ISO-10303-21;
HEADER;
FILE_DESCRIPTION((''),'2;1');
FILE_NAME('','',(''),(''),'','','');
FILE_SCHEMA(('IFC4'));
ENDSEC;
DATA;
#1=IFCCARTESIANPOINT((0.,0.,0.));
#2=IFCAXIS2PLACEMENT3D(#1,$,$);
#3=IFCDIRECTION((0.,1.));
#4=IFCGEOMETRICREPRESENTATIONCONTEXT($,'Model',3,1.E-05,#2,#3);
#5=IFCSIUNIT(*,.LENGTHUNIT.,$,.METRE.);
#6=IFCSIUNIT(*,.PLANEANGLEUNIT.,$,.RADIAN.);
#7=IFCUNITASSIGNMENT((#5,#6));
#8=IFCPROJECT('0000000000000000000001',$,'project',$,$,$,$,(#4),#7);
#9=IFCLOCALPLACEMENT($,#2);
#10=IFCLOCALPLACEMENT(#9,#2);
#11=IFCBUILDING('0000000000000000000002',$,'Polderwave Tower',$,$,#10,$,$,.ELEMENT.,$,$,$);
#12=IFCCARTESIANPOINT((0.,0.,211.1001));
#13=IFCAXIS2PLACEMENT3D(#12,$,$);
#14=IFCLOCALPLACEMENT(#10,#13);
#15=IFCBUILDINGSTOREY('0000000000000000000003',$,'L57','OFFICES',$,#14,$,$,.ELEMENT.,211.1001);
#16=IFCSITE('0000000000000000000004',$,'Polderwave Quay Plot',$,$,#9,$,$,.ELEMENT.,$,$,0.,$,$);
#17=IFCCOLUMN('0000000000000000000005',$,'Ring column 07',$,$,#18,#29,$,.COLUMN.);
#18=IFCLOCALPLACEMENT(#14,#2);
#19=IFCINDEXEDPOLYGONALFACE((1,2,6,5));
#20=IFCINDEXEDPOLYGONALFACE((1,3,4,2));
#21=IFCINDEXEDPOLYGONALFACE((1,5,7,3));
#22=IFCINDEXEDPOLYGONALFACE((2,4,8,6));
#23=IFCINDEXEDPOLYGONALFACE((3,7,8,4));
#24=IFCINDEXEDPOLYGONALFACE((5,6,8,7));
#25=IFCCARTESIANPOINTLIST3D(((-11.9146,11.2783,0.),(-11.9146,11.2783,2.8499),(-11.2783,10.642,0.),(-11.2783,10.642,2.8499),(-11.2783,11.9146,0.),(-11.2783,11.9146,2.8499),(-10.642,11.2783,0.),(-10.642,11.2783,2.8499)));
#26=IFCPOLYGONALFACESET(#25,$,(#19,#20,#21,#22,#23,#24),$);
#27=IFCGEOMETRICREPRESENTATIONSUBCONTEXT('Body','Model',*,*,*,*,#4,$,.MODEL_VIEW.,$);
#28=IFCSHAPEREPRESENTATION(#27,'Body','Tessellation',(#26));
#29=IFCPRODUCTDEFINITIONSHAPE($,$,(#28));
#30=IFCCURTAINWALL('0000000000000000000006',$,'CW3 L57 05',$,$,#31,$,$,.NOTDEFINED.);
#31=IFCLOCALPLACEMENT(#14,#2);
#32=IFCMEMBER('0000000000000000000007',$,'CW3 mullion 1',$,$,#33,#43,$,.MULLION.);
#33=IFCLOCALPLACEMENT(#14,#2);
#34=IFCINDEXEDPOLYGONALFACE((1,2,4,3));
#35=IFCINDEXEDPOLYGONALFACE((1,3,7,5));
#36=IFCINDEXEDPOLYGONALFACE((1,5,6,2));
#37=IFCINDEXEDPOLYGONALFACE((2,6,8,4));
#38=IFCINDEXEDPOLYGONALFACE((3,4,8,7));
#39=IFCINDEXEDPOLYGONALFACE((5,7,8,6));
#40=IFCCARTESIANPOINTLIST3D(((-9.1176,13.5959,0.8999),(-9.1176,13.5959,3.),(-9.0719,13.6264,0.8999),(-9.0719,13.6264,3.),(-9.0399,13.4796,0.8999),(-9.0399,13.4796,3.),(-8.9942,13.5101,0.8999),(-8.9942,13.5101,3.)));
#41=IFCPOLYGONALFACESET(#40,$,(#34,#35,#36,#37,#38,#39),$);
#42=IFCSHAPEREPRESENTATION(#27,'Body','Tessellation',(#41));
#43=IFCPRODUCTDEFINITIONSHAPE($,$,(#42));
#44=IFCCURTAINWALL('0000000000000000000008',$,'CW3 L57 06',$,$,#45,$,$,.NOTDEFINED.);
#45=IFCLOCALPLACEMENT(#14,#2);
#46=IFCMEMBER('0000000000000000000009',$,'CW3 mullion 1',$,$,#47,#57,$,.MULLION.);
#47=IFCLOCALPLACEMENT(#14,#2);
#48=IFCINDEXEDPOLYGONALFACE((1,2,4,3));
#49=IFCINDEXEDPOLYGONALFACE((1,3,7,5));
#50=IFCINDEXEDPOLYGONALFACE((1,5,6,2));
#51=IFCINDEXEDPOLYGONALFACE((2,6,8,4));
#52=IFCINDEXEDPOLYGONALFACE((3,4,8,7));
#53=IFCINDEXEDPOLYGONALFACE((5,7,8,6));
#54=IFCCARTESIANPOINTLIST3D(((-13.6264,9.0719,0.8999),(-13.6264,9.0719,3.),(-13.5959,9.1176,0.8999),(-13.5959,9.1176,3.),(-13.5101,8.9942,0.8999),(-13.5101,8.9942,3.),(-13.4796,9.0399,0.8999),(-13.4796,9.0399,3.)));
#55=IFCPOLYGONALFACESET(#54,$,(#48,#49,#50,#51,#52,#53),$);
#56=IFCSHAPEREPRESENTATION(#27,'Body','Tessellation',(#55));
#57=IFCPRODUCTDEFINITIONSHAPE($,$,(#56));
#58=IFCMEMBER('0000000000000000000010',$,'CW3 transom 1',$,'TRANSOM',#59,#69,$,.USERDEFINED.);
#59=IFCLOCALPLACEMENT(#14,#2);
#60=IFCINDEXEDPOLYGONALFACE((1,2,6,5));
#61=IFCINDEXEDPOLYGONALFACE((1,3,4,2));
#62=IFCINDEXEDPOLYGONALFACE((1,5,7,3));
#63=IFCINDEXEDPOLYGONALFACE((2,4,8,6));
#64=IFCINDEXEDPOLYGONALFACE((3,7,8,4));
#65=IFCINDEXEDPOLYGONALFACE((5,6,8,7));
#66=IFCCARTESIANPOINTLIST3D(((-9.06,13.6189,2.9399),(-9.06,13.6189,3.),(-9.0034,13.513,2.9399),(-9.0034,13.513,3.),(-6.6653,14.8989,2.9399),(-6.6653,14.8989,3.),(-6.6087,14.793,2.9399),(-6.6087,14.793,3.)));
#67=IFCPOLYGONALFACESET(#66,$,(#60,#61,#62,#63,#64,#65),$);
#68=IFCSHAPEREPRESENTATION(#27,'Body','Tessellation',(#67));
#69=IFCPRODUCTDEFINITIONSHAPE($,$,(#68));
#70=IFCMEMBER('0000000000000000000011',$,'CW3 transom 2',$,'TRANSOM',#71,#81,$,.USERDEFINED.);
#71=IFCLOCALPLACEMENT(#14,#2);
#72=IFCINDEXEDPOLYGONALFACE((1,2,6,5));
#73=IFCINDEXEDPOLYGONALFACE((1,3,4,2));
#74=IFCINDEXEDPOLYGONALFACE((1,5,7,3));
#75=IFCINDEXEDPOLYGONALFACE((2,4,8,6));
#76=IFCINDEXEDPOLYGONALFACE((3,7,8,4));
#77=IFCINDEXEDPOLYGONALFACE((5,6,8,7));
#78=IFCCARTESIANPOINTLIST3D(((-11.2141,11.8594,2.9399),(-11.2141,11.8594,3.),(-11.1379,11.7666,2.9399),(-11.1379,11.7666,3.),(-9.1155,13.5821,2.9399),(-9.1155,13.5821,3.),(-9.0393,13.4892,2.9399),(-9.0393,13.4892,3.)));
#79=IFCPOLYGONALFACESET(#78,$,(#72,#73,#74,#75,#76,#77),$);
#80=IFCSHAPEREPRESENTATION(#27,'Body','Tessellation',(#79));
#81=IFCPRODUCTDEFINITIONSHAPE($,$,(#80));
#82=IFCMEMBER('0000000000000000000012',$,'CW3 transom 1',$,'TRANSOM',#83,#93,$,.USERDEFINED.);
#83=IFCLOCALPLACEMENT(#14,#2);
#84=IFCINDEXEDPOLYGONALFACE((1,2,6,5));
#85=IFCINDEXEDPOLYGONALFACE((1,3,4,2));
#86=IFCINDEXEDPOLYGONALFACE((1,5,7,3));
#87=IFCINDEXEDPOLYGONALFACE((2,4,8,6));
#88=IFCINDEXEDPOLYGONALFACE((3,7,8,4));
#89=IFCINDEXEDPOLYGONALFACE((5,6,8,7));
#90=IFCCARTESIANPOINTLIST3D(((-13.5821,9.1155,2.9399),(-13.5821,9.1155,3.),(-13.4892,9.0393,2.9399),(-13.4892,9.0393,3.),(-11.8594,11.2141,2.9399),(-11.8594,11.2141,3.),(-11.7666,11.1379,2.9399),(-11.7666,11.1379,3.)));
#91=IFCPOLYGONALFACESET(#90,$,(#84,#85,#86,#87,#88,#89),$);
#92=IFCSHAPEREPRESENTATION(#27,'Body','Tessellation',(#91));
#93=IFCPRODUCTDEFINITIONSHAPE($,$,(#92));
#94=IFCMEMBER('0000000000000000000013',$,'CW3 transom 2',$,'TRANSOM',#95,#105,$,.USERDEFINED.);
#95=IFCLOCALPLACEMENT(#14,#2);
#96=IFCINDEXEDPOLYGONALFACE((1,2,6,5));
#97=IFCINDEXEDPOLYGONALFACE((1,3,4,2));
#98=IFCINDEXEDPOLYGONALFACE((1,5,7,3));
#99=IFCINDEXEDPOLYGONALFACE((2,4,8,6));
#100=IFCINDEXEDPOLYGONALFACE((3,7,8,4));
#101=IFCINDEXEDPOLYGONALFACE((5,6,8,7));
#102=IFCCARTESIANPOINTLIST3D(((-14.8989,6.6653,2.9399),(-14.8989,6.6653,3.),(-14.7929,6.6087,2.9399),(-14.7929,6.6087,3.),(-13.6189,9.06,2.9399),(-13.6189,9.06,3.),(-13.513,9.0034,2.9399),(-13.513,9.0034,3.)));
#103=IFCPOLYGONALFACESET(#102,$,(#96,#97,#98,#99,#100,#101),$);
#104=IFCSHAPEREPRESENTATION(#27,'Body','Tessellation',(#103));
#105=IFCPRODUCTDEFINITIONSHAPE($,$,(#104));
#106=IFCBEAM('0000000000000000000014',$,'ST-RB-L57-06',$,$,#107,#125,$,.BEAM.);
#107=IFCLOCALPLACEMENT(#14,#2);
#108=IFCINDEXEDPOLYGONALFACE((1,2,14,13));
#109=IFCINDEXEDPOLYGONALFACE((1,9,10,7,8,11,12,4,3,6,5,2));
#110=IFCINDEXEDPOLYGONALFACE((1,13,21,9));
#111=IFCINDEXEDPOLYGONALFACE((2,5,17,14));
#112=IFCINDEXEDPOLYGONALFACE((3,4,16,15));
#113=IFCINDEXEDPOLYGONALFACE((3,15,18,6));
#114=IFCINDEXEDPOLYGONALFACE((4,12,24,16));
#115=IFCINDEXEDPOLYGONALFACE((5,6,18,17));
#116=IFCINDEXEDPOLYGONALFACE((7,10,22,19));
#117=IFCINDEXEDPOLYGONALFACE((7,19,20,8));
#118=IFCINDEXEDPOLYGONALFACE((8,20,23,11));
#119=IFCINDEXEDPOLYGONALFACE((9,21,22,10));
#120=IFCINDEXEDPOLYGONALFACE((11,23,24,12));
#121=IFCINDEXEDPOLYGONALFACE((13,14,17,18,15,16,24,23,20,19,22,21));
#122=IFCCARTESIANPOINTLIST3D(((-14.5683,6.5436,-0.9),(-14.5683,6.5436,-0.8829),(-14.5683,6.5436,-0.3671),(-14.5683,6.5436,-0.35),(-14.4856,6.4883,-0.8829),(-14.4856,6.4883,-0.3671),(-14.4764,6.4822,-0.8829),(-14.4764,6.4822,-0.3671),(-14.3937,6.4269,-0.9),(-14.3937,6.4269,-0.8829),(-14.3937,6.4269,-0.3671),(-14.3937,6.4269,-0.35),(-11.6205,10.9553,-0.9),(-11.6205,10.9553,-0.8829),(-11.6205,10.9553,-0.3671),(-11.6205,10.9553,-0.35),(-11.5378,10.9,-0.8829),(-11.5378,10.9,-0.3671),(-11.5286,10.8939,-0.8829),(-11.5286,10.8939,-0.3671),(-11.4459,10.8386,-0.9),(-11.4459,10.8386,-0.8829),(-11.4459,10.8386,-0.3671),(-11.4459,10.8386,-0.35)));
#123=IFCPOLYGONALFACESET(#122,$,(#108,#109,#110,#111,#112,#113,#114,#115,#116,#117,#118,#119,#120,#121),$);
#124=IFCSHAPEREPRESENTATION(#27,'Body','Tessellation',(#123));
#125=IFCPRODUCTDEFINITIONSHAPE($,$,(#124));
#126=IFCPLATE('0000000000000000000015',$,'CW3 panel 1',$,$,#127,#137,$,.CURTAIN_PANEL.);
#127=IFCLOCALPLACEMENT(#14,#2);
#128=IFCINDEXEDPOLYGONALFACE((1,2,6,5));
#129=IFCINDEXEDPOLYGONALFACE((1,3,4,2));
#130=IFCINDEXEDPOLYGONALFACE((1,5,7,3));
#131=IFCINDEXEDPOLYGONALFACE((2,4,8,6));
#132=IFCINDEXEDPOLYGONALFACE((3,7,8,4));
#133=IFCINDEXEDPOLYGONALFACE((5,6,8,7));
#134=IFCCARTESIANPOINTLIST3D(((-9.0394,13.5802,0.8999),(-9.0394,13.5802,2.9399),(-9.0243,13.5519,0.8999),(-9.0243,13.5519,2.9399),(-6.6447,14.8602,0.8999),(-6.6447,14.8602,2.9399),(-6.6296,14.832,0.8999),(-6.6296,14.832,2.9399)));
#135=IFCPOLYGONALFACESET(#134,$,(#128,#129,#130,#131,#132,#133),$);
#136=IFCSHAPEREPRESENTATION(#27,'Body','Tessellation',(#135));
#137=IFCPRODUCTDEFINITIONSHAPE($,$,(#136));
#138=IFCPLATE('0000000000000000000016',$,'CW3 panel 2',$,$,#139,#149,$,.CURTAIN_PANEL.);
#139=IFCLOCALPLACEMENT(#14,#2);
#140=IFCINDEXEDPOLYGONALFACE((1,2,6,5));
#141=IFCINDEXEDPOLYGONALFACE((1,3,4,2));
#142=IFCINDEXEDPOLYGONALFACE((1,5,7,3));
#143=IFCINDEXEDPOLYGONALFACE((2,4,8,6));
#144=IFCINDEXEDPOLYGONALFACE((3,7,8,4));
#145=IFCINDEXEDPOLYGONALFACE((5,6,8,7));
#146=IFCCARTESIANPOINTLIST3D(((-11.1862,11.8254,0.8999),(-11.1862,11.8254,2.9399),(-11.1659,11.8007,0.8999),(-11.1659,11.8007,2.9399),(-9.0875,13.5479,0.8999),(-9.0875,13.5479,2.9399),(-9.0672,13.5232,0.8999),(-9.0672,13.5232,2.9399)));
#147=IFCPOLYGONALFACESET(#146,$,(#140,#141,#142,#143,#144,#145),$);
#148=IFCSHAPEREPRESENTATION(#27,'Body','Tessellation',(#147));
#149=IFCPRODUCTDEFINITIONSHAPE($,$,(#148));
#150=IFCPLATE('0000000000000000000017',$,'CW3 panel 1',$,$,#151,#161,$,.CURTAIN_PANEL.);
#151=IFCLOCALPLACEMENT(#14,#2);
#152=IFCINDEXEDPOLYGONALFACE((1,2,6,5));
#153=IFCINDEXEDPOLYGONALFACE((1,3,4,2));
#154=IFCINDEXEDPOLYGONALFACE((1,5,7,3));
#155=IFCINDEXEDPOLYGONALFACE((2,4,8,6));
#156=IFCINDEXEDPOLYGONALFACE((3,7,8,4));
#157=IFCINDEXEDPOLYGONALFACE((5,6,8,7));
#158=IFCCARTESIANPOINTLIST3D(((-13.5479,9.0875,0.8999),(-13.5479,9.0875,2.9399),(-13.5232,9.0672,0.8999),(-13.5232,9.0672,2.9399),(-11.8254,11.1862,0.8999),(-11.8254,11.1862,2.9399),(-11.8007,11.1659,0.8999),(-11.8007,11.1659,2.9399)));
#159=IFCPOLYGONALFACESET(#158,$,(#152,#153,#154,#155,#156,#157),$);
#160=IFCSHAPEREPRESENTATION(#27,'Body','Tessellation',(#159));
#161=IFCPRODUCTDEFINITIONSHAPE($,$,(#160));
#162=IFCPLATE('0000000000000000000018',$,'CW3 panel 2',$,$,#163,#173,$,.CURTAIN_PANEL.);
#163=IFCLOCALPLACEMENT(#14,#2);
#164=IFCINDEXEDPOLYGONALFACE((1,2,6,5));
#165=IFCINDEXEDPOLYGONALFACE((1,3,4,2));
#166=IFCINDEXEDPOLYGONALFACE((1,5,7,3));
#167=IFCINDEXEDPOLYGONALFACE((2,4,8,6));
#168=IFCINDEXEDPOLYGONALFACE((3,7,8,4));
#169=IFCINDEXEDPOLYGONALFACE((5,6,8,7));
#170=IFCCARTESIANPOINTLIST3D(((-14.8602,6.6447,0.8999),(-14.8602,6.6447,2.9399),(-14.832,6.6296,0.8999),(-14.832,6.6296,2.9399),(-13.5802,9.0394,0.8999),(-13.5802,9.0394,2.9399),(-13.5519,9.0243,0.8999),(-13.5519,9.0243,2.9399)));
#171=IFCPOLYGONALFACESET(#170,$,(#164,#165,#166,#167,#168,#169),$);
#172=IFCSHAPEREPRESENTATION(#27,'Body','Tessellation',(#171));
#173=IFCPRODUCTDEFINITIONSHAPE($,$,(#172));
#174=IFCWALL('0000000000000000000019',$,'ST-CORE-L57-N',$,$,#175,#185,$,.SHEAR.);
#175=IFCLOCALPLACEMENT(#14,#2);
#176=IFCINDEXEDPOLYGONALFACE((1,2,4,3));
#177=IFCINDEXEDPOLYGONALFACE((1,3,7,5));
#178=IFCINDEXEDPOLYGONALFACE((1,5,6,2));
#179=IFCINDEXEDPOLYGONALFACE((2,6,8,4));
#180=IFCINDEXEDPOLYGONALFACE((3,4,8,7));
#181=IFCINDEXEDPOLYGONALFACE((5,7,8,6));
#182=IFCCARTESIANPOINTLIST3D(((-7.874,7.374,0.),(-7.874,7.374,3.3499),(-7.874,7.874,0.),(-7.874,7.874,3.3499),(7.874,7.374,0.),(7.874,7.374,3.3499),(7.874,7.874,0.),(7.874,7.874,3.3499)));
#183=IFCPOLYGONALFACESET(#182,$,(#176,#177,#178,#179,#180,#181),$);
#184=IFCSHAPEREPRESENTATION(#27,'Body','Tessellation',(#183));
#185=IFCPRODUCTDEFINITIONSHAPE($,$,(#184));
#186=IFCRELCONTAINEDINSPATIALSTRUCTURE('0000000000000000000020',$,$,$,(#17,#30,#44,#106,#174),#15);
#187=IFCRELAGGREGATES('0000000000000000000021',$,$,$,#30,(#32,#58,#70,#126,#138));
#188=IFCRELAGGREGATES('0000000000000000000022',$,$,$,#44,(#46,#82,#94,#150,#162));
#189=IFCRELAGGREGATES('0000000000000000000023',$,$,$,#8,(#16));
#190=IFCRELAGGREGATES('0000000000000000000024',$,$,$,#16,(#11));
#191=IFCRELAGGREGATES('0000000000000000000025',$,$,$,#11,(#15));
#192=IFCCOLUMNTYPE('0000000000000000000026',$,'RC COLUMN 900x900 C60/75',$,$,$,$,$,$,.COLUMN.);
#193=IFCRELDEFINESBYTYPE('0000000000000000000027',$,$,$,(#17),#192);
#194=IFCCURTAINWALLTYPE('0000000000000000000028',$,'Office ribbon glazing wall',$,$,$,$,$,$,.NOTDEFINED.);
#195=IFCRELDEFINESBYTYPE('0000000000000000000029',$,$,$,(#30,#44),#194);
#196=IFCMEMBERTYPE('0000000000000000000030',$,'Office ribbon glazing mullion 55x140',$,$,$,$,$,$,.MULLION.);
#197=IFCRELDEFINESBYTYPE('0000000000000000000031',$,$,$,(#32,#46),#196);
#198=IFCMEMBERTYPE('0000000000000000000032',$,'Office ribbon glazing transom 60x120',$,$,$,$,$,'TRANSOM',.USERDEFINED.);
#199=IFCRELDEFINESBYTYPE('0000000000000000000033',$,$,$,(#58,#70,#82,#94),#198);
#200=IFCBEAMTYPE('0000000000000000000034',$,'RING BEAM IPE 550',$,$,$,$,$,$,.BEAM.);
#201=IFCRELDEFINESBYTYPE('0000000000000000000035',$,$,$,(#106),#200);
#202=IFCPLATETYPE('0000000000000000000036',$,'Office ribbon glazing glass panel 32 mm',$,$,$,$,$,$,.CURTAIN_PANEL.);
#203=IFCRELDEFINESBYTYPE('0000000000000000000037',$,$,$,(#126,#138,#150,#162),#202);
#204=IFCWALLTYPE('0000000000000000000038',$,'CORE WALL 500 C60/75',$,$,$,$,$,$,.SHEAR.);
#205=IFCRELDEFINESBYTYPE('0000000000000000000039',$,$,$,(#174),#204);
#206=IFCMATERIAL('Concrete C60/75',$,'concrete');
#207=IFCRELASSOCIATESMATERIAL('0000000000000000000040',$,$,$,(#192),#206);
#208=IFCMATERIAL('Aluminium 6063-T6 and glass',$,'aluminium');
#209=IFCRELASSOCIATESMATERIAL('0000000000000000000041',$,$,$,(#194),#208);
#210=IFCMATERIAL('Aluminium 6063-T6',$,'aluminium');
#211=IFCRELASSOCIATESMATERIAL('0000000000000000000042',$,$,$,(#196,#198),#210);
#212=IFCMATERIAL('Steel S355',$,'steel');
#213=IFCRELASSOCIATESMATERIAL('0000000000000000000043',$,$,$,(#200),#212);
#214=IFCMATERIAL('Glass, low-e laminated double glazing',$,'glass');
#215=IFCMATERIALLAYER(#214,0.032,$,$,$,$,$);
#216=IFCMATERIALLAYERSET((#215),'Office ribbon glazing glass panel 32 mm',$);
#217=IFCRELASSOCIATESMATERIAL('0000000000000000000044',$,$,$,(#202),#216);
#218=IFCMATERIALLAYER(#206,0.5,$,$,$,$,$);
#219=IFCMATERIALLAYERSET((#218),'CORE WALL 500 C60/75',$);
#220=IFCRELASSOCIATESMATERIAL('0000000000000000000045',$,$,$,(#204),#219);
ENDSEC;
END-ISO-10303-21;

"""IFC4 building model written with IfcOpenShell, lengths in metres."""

from ifc_helpers import new_model, si_unit, direction, frame, frame_2d, origin, origin_2d, place, context, subcontext, project, spatial, rectangle, i_section, extrude, material, layer, layer_set, material_profile, profile_set, type_object, element, aggregate, save


model = new_model("IFC4")

# Units and contexts
model_context = context("Model", 3, precision=1e-05, world=origin(), true_north=direction((0.0, 1.0)))
body_context = subcontext(model_context, "Body", "Model", "MODEL_VIEW")
ifc_project = project(units=[si_unit("LENGTHUNIT", "METRE"), si_unit("PLANEANGLEUNIT", "RADIAN")], contexts=[model_context])

# Site, building, storey
site_placement = place(None, origin())
site = spatial("IfcSite", under=ifc_project, at=site_placement, Name="Polderwave Quay Plot", CompositionType="ELEMENT", RefElevation=0.0)
building_placement = place(site_placement, origin())
building = spatial("IfcBuilding", under=site, at=building_placement, Name="Polderwave Tower", CompositionType="ELEMENT")
storey_placement = place(building_placement, frame((0.0, 0.0, 211.1001)))
storey = spatial("IfcBuildingStorey", under=building, at=storey_placement, Name="L57", Description="OFFICES", CompositionType="ELEMENT", Elevation=211.1001)

# Column
ifc_material_1 = material(Name="Concrete C60/75", Category="concrete")
ifc_material_profile_1 = material_profile(ifc_material_1, rectangle(XDim=0.8999, YDim=0.8999, at=origin_2d()), Name="RC 900x900")
ifc_profile_set_1 = profile_set([ifc_material_profile_1], Name="Concrete C60/75")
column_type = type_object("IfcColumnType", Name="RC COLUMN 900x900 C60/75", PredefinedType="COLUMN", material=ifc_profile_set_1)
column_placement = place(storey_placement, frame((-11.2783, 11.2783, 0.0), z_axis=(0.0, 0.0, 1.0), x_axis=(-0.707107, 0.707107, 0.0)))
element("IfcColumn", 1, at=column_placement, inside=storey, type_object=column_type, Name="Ring column 07", PredefinedType="COLUMN", context=body_context, shape_type="SweptSolid", body=[
    extrude(rectangle(XDim=0.8999, YDim=0.8999, at=origin_2d()), origin(), (0.0, 0.0, 1.0), 2.8499),
])

# Curtain walls, members
ifc_material_2 = material(Name="Aluminium 6063-T6 and glass", Category="aluminium")
curtain_wall_type = type_object("IfcCurtainWallType", Name="Office ribbon glazing wall", PredefinedType="NOTDEFINED", material=ifc_material_2)
curtain_wall_1_placement = place(storey_placement, origin())
curtain_wall_1 = element("IfcCurtainWall", 2, at=curtain_wall_1_placement, inside=storey, type_object=curtain_wall_type, Name="CW3 L57 05", PredefinedType="NOTDEFINED")
ifc_material_3 = material(Name="Aluminium 6063-T6", Category="aluminium")
ifc_material_profile_2 = material_profile(ifc_material_3, rectangle(XDim=0.1399, YDim=0.0549, at=origin_2d()), Name="AL 55x140")
ifc_profile_set_2 = profile_set([ifc_material_profile_2], Name="Aluminium 6063-T6")
member_type_1 = type_object("IfcMemberType", Name="Office ribbon glazing mullion 55x140", PredefinedType="MULLION", material=ifc_profile_set_2)
member_1_placement = place(storey_placement, frame((-9.0559, 13.553, 0.8999), z_axis=(0.0, 0.0, 1.0), x_axis=(0.555592, -0.831455, 0.0)))
member_1 = element("IfcMember", 3, at=member_1_placement, type_object=member_type_1, Name="CW3 mullion 1", PredefinedType="MULLION", context=body_context, shape_type="SweptSolid", body=[
    extrude(rectangle(XDim=0.1399, YDim=0.0549, at=origin_2d()), origin(), (0.0, 0.0, 1.0), 2.1001),
])
curtain_wall_2_placement = place(storey_placement, origin())
curtain_wall_2 = element("IfcCurtainWall", 4, at=curtain_wall_2_placement, inside=storey, type_object=curtain_wall_type, Name="CW3 L57 06", PredefinedType="NOTDEFINED")
member_2_placement = place(storey_placement, frame((-13.553, 9.0559, 0.8999), z_axis=(0.0, 0.0, 1.0), x_axis=(0.831455, -0.555592, 0.0)))
member_2 = element("IfcMember", 5, at=member_2_placement, type_object=member_type_1, Name="CW3 mullion 1", PredefinedType="MULLION", context=body_context, shape_type="SweptSolid", body=[
    extrude(rectangle(XDim=0.1399, YDim=0.0549, at=origin_2d()), origin(), (0.0, 0.0, 1.0), 2.1001),
])

# Members
ifc_material_profile_3 = material_profile(ifc_material_3, rectangle(XDim=0.1201, YDim=0.0601, at=origin_2d()), Name="AL 60x120")
ifc_profile_set_3 = profile_set([ifc_material_profile_3], Name="Aluminium 6063-T6")
member_type_2 = type_object("IfcMemberType", Name="Office ribbon glazing transom 60x120", ElementType="TRANSOM", PredefinedType="USERDEFINED", material=ifc_profile_set_3)
member_3_placement = place(storey_placement, frame((-6.637, 14.8459, 2.97), z_axis=(-0.881922, -0.471395, 0.0), x_axis=(0.471395, -0.881922, 0.0)))
member_3 = element("IfcMember", 6, at=member_3_placement, type_object=member_type_2, Name="CW3 transom 1", ObjectType="TRANSOM", PredefinedType="USERDEFINED", context=body_context, shape_type="SweptSolid", body=[
    extrude(rectangle(XDim=0.1201, YDim=0.0601, at=origin_2d()), origin(), (0.0, 0.0, 1.0), 2.7153),
])
member_4_placement = place(storey_placement, frame((-9.0774, 13.5356, 2.97), z_axis=(-0.772947, -0.634471, 0.0), x_axis=(0.634471, -0.772947, 0.0)))
member_4 = element("IfcMember", 7, at=member_4_placement, type_object=member_type_2, Name="CW3 transom 2", ObjectType="TRANSOM", PredefinedType="USERDEFINED", context=body_context, shape_type="SweptSolid", body=[
    extrude(rectangle(XDim=0.1201, YDim=0.0601, at=origin_2d()), origin(), (0.0, 0.0, 1.0), 2.7151),
])
member_5_placement = place(storey_placement, frame((-11.813, 11.176, 2.97), z_axis=(-0.634471, -0.772947, 0.0), x_axis=(0.772947, -0.634471, 0.0)))
member_5 = element("IfcMember", 8, at=member_5_placement, type_object=member_type_2, Name="CW3 transom 1", ObjectType="TRANSOM", PredefinedType="USERDEFINED", context=body_context, shape_type="SweptSolid", body=[
    extrude(rectangle(XDim=0.1201, YDim=0.0601, at=origin_2d()), origin(), (0.0, 0.0, 1.0), 2.7151),
])
member_6_placement = place(storey_placement, frame((-13.5659, 9.0317, 2.97), z_axis=(-0.471395, -0.881922, 0.0), x_axis=(0.881922, -0.471395, 0.0)))
member_6 = element("IfcMember", 9, at=member_6_placement, type_object=member_type_2, Name="CW3 transom 2", ObjectType="TRANSOM", PredefinedType="USERDEFINED", context=body_context, shape_type="SweptSolid", body=[
    extrude(rectangle(XDim=0.1201, YDim=0.0601, at=origin_2d()), origin(), (0.0, 0.0, 1.0), 2.7153),
])

# Beam
ifc_material_4 = material(Name="Steel S355", Category="steel")
ifc_material_profile_4 = material_profile(ifc_material_4, i_section(OverallWidth=0.21, OverallDepth=0.55, WebThickness=0.011, FlangeThickness=0.0171, at=origin_2d()), Name="IPE 550")
ifc_profile_set_4 = profile_set([ifc_material_profile_4], Name="Steel S355")
beam_type = type_object("IfcBeamType", Name="RING BEAM IPE 550", PredefinedType="BEAM", material=ifc_profile_set_4)
beam_placement = place(storey_placement, frame((-11.5332, 10.897, -0.625), z_axis=(-0.555571, -0.831469, 0.0), x_axis=(0.831469, -0.555571, 0.0)))
element("IfcBeam", 10, at=beam_placement, inside=storey, type_object=beam_type, Name="ST-RB-L57-06", PredefinedType="BEAM", context=body_context, shape_type="SweptSolid", body=[
    extrude(i_section(OverallWidth=0.21, OverallDepth=0.55, WebThickness=0.011, FlangeThickness=0.0171, at=origin_2d()), origin(), (0.0, 0.0, 1.0), 5.3059),
])

# Plates
ifc_material_5 = material(Name="Glass, low-e laminated double glazing", Category="glass")
ifc_layer_1 = layer(ifc_material_5, 0.032)
ifc_layer_set_1 = layer_set([ifc_layer_1], Name="Office ribbon glazing glass panel 32 mm")
plate_type = type_object("IfcPlateType", Name="Office ribbon glazing glass panel 32 mm", PredefinedType="CURTAIN_PANEL", material=ifc_layer_set_1)
plate_1_placement = place(storey_placement, frame((-7.8345, 14.2061, 0.8999), z_axis=(0.0, 0.0, 1.0), x_axis=(-0.881919, -0.471401, 0.0)))
plate_1 = element("IfcPlate", 11, at=plate_1_placement, type_object=plate_type, Name="CW3 panel 1", PredefinedType="CURTAIN_PANEL", context=body_context, shape_type="SweptSolid", body=[
    extrude(rectangle(XDim=2.7153, YDim=0.032, at=origin_2d()), origin(), (0.0, 0.0, 1.0), 2.04),
])
plate_2_placement = place(storey_placement, frame((-10.1267, 12.6743, 0.8999), z_axis=(0.0, 0.0, 1.0), x_axis=(-0.772982, -0.634428, 0.0)))
plate_2 = element("IfcPlate", 12, at=plate_2_placement, type_object=plate_type, Name="CW3 panel 2", PredefinedType="CURTAIN_PANEL", context=body_context, shape_type="SweptSolid", body=[
    extrude(rectangle(XDim=2.7151, YDim=0.032, at=origin_2d()), origin(), (0.0, 0.0, 1.0), 2.04),
])
aggregate(curtain_wall_1, [member_1, member_3, member_4, plate_1, plate_2])
plate_3_placement = place(storey_placement, frame((-12.6743, 10.1267, 0.8999), z_axis=(0.0, 0.0, 1.0), x_axis=(-0.634428, -0.772982, 0.0)))
plate_3 = element("IfcPlate", 13, at=plate_3_placement, type_object=plate_type, Name="CW3 panel 1", PredefinedType="CURTAIN_PANEL", context=body_context, shape_type="SweptSolid", body=[
    extrude(rectangle(XDim=2.7151, YDim=0.032, at=origin_2d()), origin(), (0.0, 0.0, 1.0), 2.04),
])
plate_4_placement = place(storey_placement, frame((-14.2061, 7.8345, 0.8999), z_axis=(0.0, 0.0, 1.0), x_axis=(-0.471401, -0.881919, 0.0)))
plate_4 = element("IfcPlate", 14, at=plate_4_placement, type_object=plate_type, Name="CW3 panel 2", PredefinedType="CURTAIN_PANEL", context=body_context, shape_type="SweptSolid", body=[
    extrude(rectangle(XDim=2.7153, YDim=0.032, at=origin_2d()), origin(), (0.0, 0.0, 1.0), 2.04),
])
aggregate(curtain_wall_2, [member_2, member_5, member_6, plate_3, plate_4])

# Wall
ifc_layer_2 = layer(ifc_material_1, 0.5)
ifc_layer_set_2 = layer_set([ifc_layer_2], Name="CORE WALL 500 C60/75")
wall_type_1 = type_object("IfcWallType", Name="CORE WALL 500 C60/75", PredefinedType="SHEAR", material=ifc_layer_set_2)
wall_placement = place(storey_placement, frame((-7.874, 7.624, 0.0), z_axis=(0.0, 0.0, 1.0), x_axis=(1.0, 0.0, 0.0)))
element("IfcWall", 15, at=wall_placement, inside=storey, type_object=wall_type_1, Name="ST-CORE-L57-N", PredefinedType="SHEAR", context=body_context, shape_type="SweptSolid", body=[
    extrude(rectangle(XDim=15.748, YDim=0.5, at=frame_2d((7.874, 0.0))), origin(), (0.0, 0.0, 1.0), 3.3499),
])

save(model, "model.ifc")
